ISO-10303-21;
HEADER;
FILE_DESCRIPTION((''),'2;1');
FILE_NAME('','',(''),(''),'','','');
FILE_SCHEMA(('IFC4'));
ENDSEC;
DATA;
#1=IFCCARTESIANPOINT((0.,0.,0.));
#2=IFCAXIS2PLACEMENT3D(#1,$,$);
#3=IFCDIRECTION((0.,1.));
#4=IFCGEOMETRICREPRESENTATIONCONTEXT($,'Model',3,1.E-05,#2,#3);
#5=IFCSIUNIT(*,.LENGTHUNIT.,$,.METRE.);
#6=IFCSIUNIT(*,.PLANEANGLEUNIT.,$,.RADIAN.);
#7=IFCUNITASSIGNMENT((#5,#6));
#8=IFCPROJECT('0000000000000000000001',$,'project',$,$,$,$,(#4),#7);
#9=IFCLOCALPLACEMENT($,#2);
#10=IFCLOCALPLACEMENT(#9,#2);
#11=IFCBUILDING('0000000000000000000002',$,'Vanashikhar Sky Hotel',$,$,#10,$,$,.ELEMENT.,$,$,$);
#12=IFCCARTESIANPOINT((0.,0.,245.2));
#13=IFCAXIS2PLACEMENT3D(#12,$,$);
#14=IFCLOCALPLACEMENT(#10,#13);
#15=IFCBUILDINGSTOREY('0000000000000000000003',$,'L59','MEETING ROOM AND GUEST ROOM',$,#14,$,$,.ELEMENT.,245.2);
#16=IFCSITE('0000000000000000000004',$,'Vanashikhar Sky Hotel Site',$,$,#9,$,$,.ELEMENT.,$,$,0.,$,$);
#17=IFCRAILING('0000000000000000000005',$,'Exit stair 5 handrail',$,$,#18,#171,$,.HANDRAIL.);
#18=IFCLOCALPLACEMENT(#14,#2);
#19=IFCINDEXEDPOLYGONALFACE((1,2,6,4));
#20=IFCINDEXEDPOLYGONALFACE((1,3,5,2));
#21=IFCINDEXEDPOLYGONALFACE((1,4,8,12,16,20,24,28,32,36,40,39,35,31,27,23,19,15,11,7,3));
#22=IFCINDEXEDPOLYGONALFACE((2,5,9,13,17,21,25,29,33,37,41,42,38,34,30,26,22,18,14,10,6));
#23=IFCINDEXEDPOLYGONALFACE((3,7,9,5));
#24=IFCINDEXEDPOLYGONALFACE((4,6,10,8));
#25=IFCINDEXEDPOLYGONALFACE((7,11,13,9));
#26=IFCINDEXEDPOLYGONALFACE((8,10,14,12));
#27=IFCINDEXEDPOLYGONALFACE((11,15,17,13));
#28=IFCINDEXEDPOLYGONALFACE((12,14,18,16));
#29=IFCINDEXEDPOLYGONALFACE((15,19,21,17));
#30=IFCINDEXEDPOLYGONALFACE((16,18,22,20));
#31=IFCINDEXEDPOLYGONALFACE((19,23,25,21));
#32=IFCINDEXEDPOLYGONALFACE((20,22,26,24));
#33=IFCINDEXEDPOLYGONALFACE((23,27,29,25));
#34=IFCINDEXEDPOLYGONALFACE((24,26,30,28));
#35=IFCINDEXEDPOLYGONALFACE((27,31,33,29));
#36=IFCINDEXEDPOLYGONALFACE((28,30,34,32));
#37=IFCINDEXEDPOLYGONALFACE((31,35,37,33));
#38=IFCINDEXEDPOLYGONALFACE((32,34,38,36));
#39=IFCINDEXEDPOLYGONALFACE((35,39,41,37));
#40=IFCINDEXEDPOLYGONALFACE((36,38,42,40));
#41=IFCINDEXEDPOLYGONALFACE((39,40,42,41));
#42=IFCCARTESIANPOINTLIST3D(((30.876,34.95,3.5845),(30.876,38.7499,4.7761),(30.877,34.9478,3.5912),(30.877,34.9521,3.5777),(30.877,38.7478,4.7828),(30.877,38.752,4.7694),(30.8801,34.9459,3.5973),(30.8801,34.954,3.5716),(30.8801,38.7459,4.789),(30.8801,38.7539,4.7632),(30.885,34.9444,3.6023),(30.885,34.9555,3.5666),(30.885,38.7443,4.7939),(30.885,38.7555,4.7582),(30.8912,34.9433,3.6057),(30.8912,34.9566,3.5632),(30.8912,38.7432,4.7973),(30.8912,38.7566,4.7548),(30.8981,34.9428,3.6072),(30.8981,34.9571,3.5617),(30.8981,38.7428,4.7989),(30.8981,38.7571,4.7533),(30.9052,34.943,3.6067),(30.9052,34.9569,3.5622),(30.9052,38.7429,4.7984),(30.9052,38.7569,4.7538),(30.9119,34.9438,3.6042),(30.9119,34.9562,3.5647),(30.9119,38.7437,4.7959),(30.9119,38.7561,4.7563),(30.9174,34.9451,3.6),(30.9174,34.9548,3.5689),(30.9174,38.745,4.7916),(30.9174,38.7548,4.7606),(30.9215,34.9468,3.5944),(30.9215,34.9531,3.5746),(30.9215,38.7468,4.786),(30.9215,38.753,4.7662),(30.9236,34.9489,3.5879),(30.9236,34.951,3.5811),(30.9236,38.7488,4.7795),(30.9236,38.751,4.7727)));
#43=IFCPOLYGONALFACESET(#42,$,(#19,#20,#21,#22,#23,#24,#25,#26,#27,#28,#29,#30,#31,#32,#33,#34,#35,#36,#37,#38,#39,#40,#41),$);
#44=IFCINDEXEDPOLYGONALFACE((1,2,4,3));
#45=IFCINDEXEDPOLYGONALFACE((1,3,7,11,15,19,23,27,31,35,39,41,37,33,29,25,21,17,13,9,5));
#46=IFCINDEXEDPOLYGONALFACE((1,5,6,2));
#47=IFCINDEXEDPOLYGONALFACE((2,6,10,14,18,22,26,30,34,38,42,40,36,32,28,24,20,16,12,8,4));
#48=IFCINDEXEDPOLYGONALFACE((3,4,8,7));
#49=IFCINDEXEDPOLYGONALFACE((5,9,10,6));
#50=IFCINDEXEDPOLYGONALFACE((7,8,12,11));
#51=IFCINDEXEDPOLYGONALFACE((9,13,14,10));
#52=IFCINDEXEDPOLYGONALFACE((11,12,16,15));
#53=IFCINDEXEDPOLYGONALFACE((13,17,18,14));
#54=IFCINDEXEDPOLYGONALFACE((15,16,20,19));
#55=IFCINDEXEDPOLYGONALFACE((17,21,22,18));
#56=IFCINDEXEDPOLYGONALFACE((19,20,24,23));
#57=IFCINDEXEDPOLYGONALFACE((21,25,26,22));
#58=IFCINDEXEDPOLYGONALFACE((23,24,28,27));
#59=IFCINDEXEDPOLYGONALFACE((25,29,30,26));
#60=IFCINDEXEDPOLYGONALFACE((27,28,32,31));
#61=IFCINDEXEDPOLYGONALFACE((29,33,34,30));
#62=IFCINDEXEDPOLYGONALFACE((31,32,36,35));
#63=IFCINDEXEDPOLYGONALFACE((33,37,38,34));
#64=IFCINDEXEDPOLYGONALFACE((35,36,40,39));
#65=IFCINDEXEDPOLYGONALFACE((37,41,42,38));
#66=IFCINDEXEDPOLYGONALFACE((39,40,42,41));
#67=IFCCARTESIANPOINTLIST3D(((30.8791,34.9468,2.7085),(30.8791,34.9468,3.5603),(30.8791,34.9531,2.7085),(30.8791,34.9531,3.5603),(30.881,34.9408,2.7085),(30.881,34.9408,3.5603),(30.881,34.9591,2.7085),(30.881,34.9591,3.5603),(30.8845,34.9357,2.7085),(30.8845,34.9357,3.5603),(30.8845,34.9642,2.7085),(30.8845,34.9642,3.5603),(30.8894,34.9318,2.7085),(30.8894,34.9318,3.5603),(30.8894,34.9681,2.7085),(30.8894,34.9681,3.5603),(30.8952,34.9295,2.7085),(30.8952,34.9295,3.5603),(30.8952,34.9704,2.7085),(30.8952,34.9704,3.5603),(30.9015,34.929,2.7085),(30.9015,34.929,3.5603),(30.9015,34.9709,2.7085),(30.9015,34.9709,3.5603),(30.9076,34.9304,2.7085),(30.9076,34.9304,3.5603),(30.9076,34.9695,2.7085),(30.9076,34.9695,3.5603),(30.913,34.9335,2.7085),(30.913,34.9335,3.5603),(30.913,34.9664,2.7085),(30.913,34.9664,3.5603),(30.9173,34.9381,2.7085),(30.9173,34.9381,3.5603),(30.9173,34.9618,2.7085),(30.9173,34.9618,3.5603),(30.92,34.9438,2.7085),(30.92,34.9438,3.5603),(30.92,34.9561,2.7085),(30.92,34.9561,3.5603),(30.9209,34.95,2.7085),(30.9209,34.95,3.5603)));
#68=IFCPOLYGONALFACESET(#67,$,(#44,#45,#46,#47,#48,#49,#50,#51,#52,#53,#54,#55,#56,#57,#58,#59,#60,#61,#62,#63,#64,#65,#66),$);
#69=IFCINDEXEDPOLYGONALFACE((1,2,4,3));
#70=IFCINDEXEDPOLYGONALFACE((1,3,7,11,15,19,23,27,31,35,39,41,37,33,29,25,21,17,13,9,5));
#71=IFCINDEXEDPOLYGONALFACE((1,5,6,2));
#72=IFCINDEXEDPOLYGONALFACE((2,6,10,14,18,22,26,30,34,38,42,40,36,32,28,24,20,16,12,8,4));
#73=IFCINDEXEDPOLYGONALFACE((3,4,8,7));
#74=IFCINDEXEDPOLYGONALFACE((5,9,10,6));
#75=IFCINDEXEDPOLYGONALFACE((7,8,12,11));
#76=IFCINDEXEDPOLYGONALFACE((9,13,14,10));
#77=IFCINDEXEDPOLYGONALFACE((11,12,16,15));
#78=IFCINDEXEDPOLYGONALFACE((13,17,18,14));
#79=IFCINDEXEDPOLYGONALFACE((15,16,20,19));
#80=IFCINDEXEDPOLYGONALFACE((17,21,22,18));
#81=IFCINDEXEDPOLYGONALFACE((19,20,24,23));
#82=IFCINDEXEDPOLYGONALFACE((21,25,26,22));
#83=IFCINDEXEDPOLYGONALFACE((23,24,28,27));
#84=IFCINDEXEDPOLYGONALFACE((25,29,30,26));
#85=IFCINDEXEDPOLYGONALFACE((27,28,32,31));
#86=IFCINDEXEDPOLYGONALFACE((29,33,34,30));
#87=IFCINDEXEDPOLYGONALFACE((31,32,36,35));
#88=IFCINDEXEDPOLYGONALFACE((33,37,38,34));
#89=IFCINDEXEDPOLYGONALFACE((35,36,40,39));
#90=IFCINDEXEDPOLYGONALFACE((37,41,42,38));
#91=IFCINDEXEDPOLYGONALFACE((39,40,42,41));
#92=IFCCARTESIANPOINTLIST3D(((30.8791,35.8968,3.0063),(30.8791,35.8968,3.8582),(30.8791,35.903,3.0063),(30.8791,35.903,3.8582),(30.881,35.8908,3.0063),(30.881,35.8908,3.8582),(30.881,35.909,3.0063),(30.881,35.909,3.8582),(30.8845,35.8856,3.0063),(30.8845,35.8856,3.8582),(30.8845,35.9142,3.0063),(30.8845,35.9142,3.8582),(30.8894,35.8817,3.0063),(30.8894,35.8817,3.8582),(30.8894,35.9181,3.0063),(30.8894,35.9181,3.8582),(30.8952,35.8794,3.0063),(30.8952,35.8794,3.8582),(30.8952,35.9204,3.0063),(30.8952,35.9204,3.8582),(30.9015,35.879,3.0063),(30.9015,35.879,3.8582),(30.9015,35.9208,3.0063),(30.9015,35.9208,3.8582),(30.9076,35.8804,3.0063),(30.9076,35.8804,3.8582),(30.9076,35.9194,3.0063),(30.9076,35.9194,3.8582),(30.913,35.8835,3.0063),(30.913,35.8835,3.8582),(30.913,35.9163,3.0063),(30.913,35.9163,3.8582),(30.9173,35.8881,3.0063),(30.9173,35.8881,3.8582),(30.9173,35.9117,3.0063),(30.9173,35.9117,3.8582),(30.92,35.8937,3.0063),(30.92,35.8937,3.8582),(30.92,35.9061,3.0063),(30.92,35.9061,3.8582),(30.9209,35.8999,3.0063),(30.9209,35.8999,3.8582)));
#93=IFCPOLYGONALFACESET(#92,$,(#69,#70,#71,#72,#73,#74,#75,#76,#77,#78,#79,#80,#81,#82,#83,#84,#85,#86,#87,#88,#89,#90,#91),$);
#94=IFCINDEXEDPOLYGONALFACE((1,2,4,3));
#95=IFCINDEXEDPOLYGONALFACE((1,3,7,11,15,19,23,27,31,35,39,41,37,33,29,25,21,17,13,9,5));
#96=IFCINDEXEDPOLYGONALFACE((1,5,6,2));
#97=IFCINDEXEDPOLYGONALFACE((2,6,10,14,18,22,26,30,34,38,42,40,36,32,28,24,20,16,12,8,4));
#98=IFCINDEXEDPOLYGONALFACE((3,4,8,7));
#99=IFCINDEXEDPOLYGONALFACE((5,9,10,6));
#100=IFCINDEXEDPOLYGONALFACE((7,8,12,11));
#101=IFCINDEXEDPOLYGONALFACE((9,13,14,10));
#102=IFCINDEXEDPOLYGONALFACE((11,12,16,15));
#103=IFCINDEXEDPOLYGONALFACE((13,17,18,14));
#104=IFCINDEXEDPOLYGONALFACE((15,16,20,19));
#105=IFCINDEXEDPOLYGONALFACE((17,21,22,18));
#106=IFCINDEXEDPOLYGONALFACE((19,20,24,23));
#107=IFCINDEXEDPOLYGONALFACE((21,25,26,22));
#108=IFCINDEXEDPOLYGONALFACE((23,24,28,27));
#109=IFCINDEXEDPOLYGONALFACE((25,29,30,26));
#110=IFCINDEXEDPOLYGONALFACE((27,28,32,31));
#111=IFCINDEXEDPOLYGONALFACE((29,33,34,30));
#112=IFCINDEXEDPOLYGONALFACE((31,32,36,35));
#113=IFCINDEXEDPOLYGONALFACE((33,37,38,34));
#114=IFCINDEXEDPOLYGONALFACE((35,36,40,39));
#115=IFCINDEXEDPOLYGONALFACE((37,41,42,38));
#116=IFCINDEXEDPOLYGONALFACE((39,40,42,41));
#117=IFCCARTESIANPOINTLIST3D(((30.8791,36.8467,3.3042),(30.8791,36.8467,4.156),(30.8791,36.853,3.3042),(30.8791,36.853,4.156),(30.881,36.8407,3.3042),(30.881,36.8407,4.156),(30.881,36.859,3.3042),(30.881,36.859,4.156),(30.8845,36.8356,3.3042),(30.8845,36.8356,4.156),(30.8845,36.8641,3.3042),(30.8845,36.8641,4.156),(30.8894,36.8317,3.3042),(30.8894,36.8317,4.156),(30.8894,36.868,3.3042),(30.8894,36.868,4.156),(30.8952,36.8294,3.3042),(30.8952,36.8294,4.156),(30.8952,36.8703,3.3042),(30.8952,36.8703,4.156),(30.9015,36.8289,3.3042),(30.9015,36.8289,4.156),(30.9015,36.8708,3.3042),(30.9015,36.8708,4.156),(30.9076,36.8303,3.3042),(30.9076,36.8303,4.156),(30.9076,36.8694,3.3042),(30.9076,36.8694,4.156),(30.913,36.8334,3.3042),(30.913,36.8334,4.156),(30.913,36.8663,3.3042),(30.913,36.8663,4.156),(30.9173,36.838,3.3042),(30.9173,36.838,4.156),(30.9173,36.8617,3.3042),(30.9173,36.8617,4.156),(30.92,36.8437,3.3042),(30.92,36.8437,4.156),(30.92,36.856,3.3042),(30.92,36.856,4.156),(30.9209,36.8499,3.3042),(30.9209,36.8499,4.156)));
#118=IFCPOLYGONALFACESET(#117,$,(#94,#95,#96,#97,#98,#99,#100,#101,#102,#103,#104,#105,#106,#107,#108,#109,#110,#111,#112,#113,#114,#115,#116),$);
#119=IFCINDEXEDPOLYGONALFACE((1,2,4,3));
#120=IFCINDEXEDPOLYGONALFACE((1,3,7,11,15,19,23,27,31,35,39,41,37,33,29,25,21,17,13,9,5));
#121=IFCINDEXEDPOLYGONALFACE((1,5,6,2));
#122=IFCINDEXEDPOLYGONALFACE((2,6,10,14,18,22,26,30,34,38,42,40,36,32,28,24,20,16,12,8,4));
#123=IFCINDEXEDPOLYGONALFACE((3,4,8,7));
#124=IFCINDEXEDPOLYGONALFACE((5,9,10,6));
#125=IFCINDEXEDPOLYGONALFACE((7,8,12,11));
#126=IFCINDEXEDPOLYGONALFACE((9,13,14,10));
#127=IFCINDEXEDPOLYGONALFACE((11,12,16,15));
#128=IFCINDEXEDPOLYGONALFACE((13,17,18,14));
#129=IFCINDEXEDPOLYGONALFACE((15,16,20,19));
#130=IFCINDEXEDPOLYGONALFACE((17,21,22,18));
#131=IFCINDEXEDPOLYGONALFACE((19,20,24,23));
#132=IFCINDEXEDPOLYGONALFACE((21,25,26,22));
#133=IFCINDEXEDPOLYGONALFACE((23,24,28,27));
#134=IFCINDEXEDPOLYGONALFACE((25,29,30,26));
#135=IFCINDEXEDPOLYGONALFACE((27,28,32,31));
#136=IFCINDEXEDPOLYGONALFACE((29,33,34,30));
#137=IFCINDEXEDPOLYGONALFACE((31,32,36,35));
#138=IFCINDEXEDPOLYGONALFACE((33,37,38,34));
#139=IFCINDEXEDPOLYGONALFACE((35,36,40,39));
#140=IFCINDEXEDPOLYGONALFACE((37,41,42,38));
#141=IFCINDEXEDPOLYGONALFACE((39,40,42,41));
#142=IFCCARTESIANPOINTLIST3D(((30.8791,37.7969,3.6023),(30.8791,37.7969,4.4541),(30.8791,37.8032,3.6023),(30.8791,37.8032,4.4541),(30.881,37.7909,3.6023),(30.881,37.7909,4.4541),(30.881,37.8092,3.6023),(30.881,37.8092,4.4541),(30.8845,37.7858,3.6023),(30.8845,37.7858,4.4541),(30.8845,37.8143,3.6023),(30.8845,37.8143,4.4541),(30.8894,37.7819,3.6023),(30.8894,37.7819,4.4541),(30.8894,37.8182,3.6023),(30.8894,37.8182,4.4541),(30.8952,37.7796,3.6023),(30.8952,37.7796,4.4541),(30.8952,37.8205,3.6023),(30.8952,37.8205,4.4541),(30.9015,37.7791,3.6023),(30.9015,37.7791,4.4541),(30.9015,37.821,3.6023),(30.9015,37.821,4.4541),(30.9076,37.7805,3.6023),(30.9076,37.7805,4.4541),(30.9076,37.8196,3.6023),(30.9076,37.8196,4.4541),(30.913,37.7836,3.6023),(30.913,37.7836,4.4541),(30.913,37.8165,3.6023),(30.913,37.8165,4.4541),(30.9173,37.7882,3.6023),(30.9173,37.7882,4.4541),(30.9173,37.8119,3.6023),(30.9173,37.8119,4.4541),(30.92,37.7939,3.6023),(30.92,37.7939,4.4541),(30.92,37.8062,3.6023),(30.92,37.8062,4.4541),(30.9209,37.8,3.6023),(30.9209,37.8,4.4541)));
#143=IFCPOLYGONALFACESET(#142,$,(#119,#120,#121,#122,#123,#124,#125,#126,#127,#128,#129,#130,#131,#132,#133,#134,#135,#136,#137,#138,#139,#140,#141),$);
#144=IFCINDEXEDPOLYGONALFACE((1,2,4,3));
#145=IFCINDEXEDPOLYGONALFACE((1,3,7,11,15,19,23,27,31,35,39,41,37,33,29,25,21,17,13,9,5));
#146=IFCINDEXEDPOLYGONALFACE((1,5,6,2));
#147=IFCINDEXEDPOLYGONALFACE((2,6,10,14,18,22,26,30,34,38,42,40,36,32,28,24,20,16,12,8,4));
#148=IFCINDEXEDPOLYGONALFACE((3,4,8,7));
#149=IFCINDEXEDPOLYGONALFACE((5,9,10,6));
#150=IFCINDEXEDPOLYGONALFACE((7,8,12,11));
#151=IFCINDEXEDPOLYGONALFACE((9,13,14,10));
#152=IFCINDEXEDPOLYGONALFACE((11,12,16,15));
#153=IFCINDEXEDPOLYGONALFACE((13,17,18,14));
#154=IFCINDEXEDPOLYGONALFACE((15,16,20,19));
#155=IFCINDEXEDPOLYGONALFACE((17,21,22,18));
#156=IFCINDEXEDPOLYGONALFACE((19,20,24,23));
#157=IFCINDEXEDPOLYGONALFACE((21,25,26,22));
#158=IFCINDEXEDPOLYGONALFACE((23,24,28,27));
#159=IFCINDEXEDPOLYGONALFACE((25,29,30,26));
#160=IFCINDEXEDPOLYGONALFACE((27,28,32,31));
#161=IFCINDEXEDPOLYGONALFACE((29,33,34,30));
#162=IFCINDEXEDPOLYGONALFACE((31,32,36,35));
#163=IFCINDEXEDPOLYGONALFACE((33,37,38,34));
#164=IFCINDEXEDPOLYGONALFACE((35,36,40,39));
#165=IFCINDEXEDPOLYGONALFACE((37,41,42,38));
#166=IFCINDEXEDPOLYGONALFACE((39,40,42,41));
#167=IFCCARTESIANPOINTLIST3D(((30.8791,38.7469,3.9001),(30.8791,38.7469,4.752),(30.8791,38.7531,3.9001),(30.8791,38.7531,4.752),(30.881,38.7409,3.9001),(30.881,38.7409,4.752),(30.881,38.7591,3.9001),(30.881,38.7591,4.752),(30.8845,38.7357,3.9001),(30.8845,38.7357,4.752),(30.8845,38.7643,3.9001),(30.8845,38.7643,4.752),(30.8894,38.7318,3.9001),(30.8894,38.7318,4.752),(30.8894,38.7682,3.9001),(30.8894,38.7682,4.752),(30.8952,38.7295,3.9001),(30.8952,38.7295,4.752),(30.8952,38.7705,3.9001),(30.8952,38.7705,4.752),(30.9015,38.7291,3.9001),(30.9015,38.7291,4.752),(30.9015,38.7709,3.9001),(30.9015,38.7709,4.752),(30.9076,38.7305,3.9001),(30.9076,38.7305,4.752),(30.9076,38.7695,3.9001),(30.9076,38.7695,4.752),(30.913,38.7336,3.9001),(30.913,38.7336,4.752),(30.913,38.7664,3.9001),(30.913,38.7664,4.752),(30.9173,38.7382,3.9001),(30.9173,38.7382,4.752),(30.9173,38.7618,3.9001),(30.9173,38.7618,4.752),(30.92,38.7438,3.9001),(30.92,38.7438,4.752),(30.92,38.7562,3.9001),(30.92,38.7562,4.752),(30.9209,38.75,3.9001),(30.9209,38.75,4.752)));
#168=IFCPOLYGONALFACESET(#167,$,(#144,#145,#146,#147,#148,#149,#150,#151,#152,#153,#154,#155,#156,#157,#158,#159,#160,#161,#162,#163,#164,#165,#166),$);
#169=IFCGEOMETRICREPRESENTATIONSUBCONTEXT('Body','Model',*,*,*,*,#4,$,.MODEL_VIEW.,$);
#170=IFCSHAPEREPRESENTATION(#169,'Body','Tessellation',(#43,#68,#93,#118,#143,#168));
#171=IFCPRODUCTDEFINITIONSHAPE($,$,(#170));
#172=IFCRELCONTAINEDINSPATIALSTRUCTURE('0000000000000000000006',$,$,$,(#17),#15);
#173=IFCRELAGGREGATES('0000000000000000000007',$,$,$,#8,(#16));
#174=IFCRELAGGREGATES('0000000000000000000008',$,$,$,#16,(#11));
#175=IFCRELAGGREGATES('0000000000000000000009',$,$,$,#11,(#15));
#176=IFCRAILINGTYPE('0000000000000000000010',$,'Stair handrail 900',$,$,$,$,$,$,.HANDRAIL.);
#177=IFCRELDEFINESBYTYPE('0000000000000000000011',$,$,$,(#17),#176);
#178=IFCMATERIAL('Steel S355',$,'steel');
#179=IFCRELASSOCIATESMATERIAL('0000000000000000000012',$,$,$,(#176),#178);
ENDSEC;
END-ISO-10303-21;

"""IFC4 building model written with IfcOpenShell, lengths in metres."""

from ifc_helpers import new_model, si_unit, direction, frame, origin, origin_2d, place, context, subcontext, project, spatial, circle, extrude, source, transform, mapped, material, type_object, element, save


model = new_model("IFC4")

# Units and contexts
model_context = context("Model", 3, precision=1e-05, world=origin(), true_north=direction((0.0, 1.0)))
body_context = subcontext(model_context, "Body", "Model", "MODEL_VIEW")
ifc_project = project(units=[si_unit("LENGTHUNIT", "METRE"), si_unit("PLANEANGLEUNIT", "RADIAN")], contexts=[model_context])

# Site, building, storey
site_placement = place(None, origin())
site = spatial("IfcSite", under=ifc_project, at=site_placement, Name="Vanashikhar Sky Hotel Site", CompositionType="ELEMENT", RefElevation=0.0)
building_placement = place(site_placement, origin())
building = spatial("IfcBuilding", under=site, at=building_placement, Name="Vanashikhar Sky Hotel", CompositionType="ELEMENT")
storey_placement = place(building_placement, frame((0.0, 0.0, 245.2)))
storey = spatial("IfcBuildingStorey", under=building, at=storey_placement, Name="L59", Description="MEETING ROOM AND GUEST ROOM", CompositionType="ELEMENT", Elevation=245.2)

# Railing
ifc_material_1 = material(Name="Steel S355", Category="steel")
railing_type_1 = type_object("IfcRailingType", Name="Stair handrail 900", PredefinedType="HANDRAIL", material=ifc_material_1)
shared_shape_1 = source(origin(), body_context, "Body", "SweptSolid", [
    extrude(circle(Radius=0.0239, at=origin_2d()), frame((0.0, 0.0, 0.876), z_axis=(0.0, 0.954184, 0.299221), x_axis=(-1.0, 0.0, 0.0)), (0.0, 0.0, 1.0), 3.9824),
    extrude(circle(Radius=0.021, at=origin_2d()), origin(), (0.0, 0.0, 1.0), 0.8518),
    extrude(circle(Radius=0.021, at=origin_2d()), frame((0.0, 0.95, 0.2979)), (0.0, 0.0, 1.0), 0.8518),
    extrude(circle(Radius=0.021, at=origin_2d()), frame((0.0, 1.8999, 0.5957)), (0.0, 0.0, 1.0), 0.8518),
    extrude(circle(Radius=0.021, at=origin_2d()), frame((0.0, 2.8501, 0.8938)), (0.0, 0.0, 1.0), 0.8518),
    extrude(circle(Radius=0.021, at=origin_2d()), frame((0.0, 3.8, 1.1917)), (0.0, 0.0, 1.0), 0.8518),
])
for number, where, name in (
    (1, (30.8999, 34.95, 2.7085), "Exit stair 5 handrail"),
):
    element("IfcRailing", number, at=place(storey_placement, frame(where)), inside=storey, type_object=railing_type_1, Name=name, PredefinedType="HANDRAIL", context=body_context, shape_type="MappedRepresentation", body=[
        mapped(shared_shape_1, transform((0.0, 0.0, 0.0), scale=1.0)),
    ])

save(model, "model.ifc")
